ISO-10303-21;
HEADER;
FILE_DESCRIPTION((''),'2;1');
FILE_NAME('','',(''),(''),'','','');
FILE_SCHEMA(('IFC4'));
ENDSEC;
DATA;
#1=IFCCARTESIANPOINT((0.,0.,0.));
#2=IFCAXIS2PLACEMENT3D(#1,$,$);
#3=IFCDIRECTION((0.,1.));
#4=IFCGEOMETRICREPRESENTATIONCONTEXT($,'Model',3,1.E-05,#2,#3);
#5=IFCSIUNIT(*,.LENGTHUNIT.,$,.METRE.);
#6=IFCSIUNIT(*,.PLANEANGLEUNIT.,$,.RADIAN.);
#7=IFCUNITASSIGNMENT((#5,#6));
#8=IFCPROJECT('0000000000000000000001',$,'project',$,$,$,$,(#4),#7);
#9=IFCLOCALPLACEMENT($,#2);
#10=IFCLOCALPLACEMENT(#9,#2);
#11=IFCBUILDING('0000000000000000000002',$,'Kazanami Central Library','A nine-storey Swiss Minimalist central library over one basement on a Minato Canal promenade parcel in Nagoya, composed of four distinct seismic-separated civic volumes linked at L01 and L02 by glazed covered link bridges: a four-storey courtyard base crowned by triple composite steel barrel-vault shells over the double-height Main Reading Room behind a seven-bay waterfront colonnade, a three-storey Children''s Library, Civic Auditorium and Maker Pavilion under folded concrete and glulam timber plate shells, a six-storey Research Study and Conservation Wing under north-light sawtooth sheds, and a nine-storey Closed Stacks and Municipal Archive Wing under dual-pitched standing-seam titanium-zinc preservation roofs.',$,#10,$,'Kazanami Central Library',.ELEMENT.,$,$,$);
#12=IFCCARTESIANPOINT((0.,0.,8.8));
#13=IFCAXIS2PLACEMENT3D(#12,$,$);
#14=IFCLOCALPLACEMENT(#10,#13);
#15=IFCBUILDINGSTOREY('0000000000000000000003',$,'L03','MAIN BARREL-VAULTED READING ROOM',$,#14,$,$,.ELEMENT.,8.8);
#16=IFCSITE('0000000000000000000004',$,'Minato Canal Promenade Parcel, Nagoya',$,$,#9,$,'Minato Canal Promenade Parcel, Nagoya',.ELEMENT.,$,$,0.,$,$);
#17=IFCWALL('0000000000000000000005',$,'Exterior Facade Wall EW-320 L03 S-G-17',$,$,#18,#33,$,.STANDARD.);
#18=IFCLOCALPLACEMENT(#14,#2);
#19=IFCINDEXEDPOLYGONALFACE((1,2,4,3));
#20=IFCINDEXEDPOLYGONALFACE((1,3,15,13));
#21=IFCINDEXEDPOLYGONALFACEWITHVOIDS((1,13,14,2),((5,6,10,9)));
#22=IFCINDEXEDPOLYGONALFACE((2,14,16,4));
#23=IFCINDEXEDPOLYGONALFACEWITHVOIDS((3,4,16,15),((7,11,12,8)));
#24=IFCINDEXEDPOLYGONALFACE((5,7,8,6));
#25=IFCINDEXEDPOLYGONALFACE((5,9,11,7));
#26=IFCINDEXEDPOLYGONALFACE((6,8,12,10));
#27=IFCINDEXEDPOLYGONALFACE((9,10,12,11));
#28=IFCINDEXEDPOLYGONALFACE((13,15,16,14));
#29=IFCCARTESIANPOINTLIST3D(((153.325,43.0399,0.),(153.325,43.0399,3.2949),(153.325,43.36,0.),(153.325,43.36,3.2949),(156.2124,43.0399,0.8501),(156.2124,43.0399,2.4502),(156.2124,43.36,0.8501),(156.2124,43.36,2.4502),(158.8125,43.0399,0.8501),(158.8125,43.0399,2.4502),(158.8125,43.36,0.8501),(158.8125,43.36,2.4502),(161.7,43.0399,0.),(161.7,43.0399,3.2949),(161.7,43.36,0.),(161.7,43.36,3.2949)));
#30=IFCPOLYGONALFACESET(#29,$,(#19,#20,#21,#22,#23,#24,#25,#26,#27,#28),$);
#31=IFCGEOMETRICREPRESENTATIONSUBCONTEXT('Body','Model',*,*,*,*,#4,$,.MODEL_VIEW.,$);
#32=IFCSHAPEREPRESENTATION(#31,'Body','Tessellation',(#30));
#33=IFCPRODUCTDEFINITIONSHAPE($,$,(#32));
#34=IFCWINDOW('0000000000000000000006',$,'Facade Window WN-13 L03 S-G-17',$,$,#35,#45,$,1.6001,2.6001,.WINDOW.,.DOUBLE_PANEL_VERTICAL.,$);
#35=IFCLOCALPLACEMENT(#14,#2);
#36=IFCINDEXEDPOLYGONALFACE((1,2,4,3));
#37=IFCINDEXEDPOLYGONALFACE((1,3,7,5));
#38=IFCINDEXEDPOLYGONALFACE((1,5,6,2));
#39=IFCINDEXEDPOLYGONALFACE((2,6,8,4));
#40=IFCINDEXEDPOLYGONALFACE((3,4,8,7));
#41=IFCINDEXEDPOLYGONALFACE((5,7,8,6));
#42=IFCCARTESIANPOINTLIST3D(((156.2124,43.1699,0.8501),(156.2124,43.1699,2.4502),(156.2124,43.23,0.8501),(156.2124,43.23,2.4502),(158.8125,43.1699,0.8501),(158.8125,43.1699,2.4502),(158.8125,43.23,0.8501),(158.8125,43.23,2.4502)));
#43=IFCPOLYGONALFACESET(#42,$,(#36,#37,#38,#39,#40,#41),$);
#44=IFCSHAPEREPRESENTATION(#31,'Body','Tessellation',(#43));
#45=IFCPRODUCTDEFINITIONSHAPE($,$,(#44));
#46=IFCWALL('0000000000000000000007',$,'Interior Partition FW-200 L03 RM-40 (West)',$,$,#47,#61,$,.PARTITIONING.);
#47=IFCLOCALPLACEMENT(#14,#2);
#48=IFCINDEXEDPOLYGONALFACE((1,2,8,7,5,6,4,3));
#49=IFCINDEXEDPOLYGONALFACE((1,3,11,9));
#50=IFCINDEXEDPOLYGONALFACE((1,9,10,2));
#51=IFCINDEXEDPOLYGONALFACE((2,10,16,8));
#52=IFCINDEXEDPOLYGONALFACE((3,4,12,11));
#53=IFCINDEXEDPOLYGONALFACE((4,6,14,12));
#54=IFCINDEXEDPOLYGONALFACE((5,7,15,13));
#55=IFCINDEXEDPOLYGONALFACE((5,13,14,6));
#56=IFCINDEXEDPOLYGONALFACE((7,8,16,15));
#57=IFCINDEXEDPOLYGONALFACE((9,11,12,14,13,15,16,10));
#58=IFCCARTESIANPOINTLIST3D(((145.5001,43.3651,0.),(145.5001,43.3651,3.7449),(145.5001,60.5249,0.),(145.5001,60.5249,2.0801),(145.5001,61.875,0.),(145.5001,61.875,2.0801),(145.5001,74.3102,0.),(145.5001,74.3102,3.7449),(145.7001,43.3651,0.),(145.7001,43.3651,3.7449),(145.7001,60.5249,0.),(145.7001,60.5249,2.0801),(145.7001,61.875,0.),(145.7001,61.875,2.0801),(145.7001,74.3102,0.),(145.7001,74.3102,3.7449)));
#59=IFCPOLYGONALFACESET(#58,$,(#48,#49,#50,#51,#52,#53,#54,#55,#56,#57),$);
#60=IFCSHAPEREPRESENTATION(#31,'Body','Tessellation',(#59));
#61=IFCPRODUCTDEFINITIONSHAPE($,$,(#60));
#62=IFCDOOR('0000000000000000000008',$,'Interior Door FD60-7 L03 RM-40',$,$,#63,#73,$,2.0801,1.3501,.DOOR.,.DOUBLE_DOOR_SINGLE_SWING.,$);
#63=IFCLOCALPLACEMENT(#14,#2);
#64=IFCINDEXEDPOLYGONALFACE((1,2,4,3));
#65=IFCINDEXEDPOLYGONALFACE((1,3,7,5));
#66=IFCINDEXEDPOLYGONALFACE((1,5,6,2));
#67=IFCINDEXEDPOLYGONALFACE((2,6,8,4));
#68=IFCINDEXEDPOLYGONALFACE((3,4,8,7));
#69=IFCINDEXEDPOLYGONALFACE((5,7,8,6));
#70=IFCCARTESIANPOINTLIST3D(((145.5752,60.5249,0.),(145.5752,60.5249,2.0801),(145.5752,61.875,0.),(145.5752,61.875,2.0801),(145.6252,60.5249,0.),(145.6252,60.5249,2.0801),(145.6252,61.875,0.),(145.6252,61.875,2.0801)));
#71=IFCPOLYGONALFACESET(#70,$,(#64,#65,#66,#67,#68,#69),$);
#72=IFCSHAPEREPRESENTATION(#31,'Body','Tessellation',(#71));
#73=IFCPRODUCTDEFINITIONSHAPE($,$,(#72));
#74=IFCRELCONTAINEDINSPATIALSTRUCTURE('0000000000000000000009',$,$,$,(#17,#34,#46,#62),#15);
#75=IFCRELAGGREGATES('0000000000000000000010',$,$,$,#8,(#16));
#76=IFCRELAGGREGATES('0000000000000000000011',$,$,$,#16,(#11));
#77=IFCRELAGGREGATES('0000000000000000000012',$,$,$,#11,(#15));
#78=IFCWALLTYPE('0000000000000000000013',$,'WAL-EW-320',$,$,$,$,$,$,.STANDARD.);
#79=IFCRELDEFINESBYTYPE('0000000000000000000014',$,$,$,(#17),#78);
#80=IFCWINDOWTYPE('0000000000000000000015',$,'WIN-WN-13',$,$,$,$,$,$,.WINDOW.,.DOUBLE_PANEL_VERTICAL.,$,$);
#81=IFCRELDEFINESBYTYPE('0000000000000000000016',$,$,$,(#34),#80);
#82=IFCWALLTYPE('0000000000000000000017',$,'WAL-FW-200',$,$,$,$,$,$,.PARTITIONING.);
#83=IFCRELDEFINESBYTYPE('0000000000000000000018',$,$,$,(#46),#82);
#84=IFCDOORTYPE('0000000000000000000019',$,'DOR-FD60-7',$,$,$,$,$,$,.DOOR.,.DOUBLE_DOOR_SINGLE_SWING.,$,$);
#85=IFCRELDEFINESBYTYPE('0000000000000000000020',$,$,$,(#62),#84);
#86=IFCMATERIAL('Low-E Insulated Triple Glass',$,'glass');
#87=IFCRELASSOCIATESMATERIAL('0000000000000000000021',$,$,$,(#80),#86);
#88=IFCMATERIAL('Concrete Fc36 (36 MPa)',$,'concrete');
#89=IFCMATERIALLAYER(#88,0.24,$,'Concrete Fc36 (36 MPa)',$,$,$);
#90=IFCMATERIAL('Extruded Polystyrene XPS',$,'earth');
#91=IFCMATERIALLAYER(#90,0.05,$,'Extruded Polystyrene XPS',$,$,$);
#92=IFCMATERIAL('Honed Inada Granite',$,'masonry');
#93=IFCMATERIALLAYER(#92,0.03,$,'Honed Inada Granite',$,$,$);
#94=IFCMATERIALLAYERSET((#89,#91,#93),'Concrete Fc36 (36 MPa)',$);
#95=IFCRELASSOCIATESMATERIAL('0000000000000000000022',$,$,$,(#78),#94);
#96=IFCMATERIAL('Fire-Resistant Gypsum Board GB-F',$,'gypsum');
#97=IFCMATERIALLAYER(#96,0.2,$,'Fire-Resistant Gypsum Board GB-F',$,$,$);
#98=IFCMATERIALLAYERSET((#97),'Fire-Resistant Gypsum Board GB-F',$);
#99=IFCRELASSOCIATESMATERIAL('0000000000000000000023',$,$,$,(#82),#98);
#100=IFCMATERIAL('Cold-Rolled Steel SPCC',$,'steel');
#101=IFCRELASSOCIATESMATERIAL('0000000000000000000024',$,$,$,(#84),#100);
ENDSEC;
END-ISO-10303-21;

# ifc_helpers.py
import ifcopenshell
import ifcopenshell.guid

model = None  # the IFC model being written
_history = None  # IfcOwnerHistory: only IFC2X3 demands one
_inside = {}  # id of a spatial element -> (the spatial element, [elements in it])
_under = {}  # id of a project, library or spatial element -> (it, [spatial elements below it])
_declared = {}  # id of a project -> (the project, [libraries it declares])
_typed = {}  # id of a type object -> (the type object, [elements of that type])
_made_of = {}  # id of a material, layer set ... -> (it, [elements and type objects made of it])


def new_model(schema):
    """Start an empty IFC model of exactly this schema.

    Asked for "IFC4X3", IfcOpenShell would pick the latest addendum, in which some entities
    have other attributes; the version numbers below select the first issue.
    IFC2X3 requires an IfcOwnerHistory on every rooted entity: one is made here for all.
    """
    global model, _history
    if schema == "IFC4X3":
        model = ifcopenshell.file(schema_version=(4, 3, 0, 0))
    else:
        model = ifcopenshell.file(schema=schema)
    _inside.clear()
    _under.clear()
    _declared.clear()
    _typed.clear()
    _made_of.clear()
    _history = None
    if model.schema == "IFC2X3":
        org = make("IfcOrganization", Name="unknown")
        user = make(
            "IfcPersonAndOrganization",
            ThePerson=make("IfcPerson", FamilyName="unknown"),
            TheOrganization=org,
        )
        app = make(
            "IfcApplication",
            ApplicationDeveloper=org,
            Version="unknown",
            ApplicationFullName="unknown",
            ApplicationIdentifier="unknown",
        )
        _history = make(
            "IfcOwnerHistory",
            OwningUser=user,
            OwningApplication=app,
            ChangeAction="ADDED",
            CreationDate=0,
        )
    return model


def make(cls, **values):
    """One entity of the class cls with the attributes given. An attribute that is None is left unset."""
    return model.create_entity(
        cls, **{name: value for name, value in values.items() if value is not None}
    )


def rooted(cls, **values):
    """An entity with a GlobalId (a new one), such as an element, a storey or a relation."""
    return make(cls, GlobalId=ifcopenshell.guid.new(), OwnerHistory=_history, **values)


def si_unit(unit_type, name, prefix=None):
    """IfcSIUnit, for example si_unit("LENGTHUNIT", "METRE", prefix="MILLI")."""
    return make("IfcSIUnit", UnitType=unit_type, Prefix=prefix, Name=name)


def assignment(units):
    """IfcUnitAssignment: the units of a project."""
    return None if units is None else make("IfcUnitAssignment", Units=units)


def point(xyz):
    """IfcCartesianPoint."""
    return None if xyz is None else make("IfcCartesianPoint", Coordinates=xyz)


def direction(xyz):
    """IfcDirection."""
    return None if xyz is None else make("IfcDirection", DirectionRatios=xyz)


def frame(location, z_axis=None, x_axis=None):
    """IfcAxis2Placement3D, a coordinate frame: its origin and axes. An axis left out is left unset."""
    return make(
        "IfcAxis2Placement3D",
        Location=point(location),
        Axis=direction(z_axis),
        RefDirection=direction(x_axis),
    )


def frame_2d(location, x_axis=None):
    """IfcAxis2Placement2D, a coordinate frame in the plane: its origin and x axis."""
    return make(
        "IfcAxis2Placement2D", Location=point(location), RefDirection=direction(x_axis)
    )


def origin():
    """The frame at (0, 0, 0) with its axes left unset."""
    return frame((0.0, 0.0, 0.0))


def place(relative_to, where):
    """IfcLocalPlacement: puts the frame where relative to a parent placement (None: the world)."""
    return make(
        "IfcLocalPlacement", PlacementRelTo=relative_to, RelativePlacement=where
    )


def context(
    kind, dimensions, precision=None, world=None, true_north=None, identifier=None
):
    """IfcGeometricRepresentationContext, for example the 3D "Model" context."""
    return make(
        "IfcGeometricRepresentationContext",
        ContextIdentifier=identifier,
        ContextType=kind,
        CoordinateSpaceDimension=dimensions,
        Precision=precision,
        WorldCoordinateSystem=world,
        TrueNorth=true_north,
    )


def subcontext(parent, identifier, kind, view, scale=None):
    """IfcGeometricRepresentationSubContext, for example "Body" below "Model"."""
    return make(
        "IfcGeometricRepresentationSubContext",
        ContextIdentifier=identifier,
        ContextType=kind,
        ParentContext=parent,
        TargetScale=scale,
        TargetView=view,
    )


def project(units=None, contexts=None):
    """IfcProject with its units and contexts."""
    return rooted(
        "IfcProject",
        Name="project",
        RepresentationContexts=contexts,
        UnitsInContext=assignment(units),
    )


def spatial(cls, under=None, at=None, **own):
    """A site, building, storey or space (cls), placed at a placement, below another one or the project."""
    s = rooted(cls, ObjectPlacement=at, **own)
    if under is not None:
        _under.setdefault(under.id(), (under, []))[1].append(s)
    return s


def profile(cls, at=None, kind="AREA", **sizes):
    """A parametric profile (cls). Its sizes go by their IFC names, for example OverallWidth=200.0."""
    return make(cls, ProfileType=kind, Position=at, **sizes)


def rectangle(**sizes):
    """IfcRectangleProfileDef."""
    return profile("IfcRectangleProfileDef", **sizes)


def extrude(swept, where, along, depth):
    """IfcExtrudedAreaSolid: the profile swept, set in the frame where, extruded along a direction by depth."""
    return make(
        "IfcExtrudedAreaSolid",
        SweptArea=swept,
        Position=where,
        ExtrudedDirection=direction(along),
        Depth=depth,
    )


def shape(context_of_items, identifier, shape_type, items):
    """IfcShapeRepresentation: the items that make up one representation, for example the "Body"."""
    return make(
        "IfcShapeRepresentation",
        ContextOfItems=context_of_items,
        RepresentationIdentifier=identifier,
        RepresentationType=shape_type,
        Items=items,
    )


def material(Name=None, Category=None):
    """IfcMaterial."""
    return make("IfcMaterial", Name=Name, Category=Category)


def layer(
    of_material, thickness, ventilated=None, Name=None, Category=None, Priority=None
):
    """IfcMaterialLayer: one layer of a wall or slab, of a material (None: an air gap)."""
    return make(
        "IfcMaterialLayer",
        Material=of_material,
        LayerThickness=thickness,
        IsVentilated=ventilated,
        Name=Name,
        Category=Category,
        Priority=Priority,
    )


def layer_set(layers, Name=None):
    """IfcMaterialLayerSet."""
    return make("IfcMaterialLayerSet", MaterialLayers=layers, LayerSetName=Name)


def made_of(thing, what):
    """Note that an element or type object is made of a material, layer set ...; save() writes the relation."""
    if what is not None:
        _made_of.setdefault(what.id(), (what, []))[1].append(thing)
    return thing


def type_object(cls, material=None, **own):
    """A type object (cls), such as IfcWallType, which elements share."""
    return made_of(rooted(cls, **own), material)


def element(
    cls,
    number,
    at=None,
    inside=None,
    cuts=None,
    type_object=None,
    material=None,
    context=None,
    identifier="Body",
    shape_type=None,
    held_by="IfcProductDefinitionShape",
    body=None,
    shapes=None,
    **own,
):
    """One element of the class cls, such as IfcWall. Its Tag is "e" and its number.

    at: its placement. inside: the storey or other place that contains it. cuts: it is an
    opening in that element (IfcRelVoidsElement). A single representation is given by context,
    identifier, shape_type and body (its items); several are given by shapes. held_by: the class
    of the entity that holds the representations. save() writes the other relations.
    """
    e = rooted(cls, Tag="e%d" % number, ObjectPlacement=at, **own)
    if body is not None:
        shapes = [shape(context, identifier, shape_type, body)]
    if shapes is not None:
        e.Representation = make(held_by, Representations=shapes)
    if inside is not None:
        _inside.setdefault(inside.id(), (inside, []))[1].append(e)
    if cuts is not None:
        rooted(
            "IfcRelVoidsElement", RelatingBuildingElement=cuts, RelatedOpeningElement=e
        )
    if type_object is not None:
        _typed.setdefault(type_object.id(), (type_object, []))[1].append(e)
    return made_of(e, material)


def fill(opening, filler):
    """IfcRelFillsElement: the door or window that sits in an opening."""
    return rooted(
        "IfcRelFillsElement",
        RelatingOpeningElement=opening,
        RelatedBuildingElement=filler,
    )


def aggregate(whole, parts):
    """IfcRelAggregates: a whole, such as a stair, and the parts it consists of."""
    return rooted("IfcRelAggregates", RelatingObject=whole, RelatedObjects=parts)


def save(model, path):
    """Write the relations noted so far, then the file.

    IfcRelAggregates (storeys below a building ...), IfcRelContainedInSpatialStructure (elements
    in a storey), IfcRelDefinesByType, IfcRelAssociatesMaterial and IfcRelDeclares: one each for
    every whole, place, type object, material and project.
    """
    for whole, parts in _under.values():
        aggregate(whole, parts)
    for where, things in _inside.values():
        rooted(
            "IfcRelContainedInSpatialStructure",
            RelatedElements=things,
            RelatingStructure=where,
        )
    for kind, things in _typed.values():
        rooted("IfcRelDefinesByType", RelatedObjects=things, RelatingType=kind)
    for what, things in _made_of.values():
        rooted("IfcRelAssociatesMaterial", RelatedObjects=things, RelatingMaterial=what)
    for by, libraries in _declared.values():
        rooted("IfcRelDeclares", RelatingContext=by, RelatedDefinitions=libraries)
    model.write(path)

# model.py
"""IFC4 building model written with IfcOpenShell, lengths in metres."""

from ifc_helpers import new_model, si_unit, direction, frame, frame_2d, origin, place, context, subcontext, project, spatial, rectangle, extrude, material, layer, layer_set, type_object, element, fill, save


model = new_model("IFC4")

# Units and contexts
model_context = context("Model", 3, precision=1e-05, world=origin(), true_north=direction((0.0, 1.0)))
body_context = subcontext(model_context, "Body", "Model", "MODEL_VIEW")
ifc_project = project(units=[si_unit("LENGTHUNIT", "METRE"), si_unit("PLANEANGLEUNIT", "RADIAN")], contexts=[model_context])

# Site, building, storey
site_placement = place(None, origin())
site = spatial("IfcSite", under=ifc_project, at=site_placement, Name="Minato Canal Promenade Parcel, Nagoya", LongName="Minato Canal Promenade Parcel, Nagoya", CompositionType="ELEMENT", RefElevation=0.0)
building_placement = place(site_placement, origin())
building = spatial("IfcBuilding", under=site, at=building_placement, Name="Kazanami Central Library", Description="A nine-storey Swiss Minimalist central library over one basement on a Minato Canal promenade parcel in Nagoya, composed of four distinct seismic-separated civic volumes linked at L01 and L02 by glazed covered link bridges: a four-storey courtyard base crowned by triple composite steel barrel-vault shells over the double-height Main Reading Room behind a seven-bay waterfront colonnade, a three-storey Children's Library, Civic Auditorium and Maker Pavilion under folded concrete and glulam timber plate shells, a six-storey Research Study and Conservation Wing under north-light sawtooth sheds, and a nine-storey Closed Stacks and Municipal Archive Wing under dual-pitched standing-seam titanium-zinc preservation roofs.", LongName="Kazanami Central Library", CompositionType="ELEMENT")
storey_placement = place(building_placement, frame((0.0, 0.0, 8.8)))
storey = spatial("IfcBuildingStorey", under=building, at=storey_placement, Name="L03", Description="MAIN BARREL-VAULTED READING ROOM", CompositionType="ELEMENT", Elevation=8.8)

# Wall, opening, window
ifc_material_1 = material(Name="Concrete Fc36 (36 MPa)", Category="concrete")
ifc_material_2 = material(Name="Extruded Polystyrene XPS", Category="earth")
ifc_material_3 = material(Name="Honed Inada Granite", Category="masonry")
ifc_material_4 = material(Name="Low-E Insulated Triple Glass", Category="glass")
window_type = type_object("IfcWindowType", Name="WIN-WN-13", PartitioningType="DOUBLE_PANEL_VERTICAL", PredefinedType="WINDOW", material=ifc_material_4)
ifc_layer_1 = layer(ifc_material_1, 0.24, Name="Concrete Fc36 (36 MPa)")
ifc_layer_2 = layer(ifc_material_2, 0.05, Name="Extruded Polystyrene XPS")
ifc_layer_3 = layer(ifc_material_3, 0.03, Name="Honed Inada Granite")
ifc_layer_set_1 = layer_set([ifc_layer_1, ifc_layer_2, ifc_layer_3], Name="Concrete Fc36 (36 MPa)")
wall_type_1 = type_object("IfcWallType", Name="WAL-EW-320", PredefinedType="STANDARD", material=ifc_layer_set_1)
wall_1_placement = place(storey_placement, frame((153.325, 43.2, 0.0), z_axis=(0.0, 0.0, 1.0), x_axis=(1.0, 0.0, 0.0)))
wall_1 = element("IfcWall", 1, at=wall_1_placement, inside=storey, type_object=wall_type_1, Name="Exterior Facade Wall EW-320 L03 S-G-17", PredefinedType="STANDARD", context=body_context, shape_type="SweptSolid", body=[
    extrude(rectangle(XDim=8.375, YDim=0.3201, at=frame_2d((4.1875, 0.0))), origin(), (0.0, 0.0, 1.0), 3.2949),
])
opening_1_placement = place(wall_1_placement, frame((2.8875, 0.0, 0.8501)))
opening_1 = element("IfcOpeningElement", 2, at=opening_1_placement, cuts=wall_1, PredefinedType="OPENING", context=body_context, shape_type="SweptSolid", body=[
    extrude(rectangle(XDim=2.6001, YDim=1.6001, at=frame_2d((1.3, 0.8))), frame((0.0, 0.1719, 0.0), z_axis=(0.0, -1.0, 0.0), x_axis=(1.0, 0.0, 0.0)), (0.0, 0.0, 1.0), 0.344),
])
window_1_placement = place(opening_1_placement, origin())
window_1 = element("IfcWindow", 3, at=window_1_placement, inside=storey, type_object=window_type, Name="Facade Window WN-13 L03 S-G-17", OverallHeight=1.6001, OverallWidth=2.6001, PartitioningType="DOUBLE_PANEL_VERTICAL", PredefinedType="WINDOW", context=body_context, shape_type="SweptSolid", body=[
    extrude(rectangle(XDim=2.6001, YDim=1.6001, at=frame_2d((1.3, 0.8))), frame((0.0, 0.03, 0.0), z_axis=(0.0, -1.0, 0.0), x_axis=(1.0, 0.0, 0.0)), (0.0, 0.0, 1.0), 0.0601),
])
fill(opening_1, window_1)

# Wall, opening, door
ifc_material_5 = material(Name="Fire-Resistant Gypsum Board GB-F", Category="gypsum")
ifc_layer_4 = layer(ifc_material_5, 0.2, Name="Fire-Resistant Gypsum Board GB-F")
ifc_layer_set_2 = layer_set([ifc_layer_4], Name="Fire-Resistant Gypsum Board GB-F")
wall_type_2 = type_object("IfcWallType", Name="WAL-FW-200", PredefinedType="PARTITIONING", material=ifc_layer_set_2)
wall_2_placement = place(storey_placement, frame((145.6001, 43.365, 0.0), z_axis=(0.0, 0.0, 1.0), x_axis=(0.0, 1.0, 0.0)))
wall_2 = element("IfcWall", 4, at=wall_2_placement, inside=storey, type_object=wall_type_2, Name="Interior Partition FW-200 L03 RM-40 (West)", PredefinedType="PARTITIONING", context=body_context, shape_type="SweptSolid", body=[
    extrude(rectangle(XDim=30.9451, YDim=0.2, at=frame_2d((15.4727, 0.0))), origin(), (0.0, 0.0, 1.0), 3.7449),
])
opening_2_placement = place(wall_2_placement, frame((17.1599, 0.0, 0.0)))
opening_2 = element("IfcOpeningElement", 5, at=opening_2_placement, cuts=wall_2, PredefinedType="OPENING", context=body_context, shape_type="SweptSolid", body=[
    extrude(rectangle(XDim=1.3501, YDim=2.0801, at=frame_2d((0.675, 1.04))), frame((0.0, 0.1118, 0.0), z_axis=(0.0, -1.0, 0.0), x_axis=(1.0, 0.0, 0.0)), (0.0, 0.0, 1.0), 0.2239),
])
ifc_material_6 = material(Name="Cold-Rolled Steel SPCC", Category="steel")
door_type = type_object("IfcDoorType", Name="DOR-FD60-7", OperationType="DOUBLE_DOOR_SINGLE_SWING", PredefinedType="DOOR", material=ifc_material_6)
door_placement = place(opening_2_placement, origin())
door = element("IfcDoor", 6, at=door_placement, inside=storey, type_object=door_type, Name="Interior Door FD60-7 L03 RM-40", OperationType="DOUBLE_DOOR_SINGLE_SWING", OverallHeight=2.0801, OverallWidth=1.3501, PredefinedType="DOOR", context=body_context, shape_type="SweptSolid", body=[
    extrude(rectangle(XDim=1.3501, YDim=2.0801, at=frame_2d((0.675, 1.04))), frame((0.0, 0.0249, 0.0), z_axis=(0.0, -1.0, 0.0), x_axis=(1.0, 0.0, 0.0)), (0.0, 0.0, 1.0), 0.05),
])
fill(opening_2, door)

save(model, "model.ifc")
